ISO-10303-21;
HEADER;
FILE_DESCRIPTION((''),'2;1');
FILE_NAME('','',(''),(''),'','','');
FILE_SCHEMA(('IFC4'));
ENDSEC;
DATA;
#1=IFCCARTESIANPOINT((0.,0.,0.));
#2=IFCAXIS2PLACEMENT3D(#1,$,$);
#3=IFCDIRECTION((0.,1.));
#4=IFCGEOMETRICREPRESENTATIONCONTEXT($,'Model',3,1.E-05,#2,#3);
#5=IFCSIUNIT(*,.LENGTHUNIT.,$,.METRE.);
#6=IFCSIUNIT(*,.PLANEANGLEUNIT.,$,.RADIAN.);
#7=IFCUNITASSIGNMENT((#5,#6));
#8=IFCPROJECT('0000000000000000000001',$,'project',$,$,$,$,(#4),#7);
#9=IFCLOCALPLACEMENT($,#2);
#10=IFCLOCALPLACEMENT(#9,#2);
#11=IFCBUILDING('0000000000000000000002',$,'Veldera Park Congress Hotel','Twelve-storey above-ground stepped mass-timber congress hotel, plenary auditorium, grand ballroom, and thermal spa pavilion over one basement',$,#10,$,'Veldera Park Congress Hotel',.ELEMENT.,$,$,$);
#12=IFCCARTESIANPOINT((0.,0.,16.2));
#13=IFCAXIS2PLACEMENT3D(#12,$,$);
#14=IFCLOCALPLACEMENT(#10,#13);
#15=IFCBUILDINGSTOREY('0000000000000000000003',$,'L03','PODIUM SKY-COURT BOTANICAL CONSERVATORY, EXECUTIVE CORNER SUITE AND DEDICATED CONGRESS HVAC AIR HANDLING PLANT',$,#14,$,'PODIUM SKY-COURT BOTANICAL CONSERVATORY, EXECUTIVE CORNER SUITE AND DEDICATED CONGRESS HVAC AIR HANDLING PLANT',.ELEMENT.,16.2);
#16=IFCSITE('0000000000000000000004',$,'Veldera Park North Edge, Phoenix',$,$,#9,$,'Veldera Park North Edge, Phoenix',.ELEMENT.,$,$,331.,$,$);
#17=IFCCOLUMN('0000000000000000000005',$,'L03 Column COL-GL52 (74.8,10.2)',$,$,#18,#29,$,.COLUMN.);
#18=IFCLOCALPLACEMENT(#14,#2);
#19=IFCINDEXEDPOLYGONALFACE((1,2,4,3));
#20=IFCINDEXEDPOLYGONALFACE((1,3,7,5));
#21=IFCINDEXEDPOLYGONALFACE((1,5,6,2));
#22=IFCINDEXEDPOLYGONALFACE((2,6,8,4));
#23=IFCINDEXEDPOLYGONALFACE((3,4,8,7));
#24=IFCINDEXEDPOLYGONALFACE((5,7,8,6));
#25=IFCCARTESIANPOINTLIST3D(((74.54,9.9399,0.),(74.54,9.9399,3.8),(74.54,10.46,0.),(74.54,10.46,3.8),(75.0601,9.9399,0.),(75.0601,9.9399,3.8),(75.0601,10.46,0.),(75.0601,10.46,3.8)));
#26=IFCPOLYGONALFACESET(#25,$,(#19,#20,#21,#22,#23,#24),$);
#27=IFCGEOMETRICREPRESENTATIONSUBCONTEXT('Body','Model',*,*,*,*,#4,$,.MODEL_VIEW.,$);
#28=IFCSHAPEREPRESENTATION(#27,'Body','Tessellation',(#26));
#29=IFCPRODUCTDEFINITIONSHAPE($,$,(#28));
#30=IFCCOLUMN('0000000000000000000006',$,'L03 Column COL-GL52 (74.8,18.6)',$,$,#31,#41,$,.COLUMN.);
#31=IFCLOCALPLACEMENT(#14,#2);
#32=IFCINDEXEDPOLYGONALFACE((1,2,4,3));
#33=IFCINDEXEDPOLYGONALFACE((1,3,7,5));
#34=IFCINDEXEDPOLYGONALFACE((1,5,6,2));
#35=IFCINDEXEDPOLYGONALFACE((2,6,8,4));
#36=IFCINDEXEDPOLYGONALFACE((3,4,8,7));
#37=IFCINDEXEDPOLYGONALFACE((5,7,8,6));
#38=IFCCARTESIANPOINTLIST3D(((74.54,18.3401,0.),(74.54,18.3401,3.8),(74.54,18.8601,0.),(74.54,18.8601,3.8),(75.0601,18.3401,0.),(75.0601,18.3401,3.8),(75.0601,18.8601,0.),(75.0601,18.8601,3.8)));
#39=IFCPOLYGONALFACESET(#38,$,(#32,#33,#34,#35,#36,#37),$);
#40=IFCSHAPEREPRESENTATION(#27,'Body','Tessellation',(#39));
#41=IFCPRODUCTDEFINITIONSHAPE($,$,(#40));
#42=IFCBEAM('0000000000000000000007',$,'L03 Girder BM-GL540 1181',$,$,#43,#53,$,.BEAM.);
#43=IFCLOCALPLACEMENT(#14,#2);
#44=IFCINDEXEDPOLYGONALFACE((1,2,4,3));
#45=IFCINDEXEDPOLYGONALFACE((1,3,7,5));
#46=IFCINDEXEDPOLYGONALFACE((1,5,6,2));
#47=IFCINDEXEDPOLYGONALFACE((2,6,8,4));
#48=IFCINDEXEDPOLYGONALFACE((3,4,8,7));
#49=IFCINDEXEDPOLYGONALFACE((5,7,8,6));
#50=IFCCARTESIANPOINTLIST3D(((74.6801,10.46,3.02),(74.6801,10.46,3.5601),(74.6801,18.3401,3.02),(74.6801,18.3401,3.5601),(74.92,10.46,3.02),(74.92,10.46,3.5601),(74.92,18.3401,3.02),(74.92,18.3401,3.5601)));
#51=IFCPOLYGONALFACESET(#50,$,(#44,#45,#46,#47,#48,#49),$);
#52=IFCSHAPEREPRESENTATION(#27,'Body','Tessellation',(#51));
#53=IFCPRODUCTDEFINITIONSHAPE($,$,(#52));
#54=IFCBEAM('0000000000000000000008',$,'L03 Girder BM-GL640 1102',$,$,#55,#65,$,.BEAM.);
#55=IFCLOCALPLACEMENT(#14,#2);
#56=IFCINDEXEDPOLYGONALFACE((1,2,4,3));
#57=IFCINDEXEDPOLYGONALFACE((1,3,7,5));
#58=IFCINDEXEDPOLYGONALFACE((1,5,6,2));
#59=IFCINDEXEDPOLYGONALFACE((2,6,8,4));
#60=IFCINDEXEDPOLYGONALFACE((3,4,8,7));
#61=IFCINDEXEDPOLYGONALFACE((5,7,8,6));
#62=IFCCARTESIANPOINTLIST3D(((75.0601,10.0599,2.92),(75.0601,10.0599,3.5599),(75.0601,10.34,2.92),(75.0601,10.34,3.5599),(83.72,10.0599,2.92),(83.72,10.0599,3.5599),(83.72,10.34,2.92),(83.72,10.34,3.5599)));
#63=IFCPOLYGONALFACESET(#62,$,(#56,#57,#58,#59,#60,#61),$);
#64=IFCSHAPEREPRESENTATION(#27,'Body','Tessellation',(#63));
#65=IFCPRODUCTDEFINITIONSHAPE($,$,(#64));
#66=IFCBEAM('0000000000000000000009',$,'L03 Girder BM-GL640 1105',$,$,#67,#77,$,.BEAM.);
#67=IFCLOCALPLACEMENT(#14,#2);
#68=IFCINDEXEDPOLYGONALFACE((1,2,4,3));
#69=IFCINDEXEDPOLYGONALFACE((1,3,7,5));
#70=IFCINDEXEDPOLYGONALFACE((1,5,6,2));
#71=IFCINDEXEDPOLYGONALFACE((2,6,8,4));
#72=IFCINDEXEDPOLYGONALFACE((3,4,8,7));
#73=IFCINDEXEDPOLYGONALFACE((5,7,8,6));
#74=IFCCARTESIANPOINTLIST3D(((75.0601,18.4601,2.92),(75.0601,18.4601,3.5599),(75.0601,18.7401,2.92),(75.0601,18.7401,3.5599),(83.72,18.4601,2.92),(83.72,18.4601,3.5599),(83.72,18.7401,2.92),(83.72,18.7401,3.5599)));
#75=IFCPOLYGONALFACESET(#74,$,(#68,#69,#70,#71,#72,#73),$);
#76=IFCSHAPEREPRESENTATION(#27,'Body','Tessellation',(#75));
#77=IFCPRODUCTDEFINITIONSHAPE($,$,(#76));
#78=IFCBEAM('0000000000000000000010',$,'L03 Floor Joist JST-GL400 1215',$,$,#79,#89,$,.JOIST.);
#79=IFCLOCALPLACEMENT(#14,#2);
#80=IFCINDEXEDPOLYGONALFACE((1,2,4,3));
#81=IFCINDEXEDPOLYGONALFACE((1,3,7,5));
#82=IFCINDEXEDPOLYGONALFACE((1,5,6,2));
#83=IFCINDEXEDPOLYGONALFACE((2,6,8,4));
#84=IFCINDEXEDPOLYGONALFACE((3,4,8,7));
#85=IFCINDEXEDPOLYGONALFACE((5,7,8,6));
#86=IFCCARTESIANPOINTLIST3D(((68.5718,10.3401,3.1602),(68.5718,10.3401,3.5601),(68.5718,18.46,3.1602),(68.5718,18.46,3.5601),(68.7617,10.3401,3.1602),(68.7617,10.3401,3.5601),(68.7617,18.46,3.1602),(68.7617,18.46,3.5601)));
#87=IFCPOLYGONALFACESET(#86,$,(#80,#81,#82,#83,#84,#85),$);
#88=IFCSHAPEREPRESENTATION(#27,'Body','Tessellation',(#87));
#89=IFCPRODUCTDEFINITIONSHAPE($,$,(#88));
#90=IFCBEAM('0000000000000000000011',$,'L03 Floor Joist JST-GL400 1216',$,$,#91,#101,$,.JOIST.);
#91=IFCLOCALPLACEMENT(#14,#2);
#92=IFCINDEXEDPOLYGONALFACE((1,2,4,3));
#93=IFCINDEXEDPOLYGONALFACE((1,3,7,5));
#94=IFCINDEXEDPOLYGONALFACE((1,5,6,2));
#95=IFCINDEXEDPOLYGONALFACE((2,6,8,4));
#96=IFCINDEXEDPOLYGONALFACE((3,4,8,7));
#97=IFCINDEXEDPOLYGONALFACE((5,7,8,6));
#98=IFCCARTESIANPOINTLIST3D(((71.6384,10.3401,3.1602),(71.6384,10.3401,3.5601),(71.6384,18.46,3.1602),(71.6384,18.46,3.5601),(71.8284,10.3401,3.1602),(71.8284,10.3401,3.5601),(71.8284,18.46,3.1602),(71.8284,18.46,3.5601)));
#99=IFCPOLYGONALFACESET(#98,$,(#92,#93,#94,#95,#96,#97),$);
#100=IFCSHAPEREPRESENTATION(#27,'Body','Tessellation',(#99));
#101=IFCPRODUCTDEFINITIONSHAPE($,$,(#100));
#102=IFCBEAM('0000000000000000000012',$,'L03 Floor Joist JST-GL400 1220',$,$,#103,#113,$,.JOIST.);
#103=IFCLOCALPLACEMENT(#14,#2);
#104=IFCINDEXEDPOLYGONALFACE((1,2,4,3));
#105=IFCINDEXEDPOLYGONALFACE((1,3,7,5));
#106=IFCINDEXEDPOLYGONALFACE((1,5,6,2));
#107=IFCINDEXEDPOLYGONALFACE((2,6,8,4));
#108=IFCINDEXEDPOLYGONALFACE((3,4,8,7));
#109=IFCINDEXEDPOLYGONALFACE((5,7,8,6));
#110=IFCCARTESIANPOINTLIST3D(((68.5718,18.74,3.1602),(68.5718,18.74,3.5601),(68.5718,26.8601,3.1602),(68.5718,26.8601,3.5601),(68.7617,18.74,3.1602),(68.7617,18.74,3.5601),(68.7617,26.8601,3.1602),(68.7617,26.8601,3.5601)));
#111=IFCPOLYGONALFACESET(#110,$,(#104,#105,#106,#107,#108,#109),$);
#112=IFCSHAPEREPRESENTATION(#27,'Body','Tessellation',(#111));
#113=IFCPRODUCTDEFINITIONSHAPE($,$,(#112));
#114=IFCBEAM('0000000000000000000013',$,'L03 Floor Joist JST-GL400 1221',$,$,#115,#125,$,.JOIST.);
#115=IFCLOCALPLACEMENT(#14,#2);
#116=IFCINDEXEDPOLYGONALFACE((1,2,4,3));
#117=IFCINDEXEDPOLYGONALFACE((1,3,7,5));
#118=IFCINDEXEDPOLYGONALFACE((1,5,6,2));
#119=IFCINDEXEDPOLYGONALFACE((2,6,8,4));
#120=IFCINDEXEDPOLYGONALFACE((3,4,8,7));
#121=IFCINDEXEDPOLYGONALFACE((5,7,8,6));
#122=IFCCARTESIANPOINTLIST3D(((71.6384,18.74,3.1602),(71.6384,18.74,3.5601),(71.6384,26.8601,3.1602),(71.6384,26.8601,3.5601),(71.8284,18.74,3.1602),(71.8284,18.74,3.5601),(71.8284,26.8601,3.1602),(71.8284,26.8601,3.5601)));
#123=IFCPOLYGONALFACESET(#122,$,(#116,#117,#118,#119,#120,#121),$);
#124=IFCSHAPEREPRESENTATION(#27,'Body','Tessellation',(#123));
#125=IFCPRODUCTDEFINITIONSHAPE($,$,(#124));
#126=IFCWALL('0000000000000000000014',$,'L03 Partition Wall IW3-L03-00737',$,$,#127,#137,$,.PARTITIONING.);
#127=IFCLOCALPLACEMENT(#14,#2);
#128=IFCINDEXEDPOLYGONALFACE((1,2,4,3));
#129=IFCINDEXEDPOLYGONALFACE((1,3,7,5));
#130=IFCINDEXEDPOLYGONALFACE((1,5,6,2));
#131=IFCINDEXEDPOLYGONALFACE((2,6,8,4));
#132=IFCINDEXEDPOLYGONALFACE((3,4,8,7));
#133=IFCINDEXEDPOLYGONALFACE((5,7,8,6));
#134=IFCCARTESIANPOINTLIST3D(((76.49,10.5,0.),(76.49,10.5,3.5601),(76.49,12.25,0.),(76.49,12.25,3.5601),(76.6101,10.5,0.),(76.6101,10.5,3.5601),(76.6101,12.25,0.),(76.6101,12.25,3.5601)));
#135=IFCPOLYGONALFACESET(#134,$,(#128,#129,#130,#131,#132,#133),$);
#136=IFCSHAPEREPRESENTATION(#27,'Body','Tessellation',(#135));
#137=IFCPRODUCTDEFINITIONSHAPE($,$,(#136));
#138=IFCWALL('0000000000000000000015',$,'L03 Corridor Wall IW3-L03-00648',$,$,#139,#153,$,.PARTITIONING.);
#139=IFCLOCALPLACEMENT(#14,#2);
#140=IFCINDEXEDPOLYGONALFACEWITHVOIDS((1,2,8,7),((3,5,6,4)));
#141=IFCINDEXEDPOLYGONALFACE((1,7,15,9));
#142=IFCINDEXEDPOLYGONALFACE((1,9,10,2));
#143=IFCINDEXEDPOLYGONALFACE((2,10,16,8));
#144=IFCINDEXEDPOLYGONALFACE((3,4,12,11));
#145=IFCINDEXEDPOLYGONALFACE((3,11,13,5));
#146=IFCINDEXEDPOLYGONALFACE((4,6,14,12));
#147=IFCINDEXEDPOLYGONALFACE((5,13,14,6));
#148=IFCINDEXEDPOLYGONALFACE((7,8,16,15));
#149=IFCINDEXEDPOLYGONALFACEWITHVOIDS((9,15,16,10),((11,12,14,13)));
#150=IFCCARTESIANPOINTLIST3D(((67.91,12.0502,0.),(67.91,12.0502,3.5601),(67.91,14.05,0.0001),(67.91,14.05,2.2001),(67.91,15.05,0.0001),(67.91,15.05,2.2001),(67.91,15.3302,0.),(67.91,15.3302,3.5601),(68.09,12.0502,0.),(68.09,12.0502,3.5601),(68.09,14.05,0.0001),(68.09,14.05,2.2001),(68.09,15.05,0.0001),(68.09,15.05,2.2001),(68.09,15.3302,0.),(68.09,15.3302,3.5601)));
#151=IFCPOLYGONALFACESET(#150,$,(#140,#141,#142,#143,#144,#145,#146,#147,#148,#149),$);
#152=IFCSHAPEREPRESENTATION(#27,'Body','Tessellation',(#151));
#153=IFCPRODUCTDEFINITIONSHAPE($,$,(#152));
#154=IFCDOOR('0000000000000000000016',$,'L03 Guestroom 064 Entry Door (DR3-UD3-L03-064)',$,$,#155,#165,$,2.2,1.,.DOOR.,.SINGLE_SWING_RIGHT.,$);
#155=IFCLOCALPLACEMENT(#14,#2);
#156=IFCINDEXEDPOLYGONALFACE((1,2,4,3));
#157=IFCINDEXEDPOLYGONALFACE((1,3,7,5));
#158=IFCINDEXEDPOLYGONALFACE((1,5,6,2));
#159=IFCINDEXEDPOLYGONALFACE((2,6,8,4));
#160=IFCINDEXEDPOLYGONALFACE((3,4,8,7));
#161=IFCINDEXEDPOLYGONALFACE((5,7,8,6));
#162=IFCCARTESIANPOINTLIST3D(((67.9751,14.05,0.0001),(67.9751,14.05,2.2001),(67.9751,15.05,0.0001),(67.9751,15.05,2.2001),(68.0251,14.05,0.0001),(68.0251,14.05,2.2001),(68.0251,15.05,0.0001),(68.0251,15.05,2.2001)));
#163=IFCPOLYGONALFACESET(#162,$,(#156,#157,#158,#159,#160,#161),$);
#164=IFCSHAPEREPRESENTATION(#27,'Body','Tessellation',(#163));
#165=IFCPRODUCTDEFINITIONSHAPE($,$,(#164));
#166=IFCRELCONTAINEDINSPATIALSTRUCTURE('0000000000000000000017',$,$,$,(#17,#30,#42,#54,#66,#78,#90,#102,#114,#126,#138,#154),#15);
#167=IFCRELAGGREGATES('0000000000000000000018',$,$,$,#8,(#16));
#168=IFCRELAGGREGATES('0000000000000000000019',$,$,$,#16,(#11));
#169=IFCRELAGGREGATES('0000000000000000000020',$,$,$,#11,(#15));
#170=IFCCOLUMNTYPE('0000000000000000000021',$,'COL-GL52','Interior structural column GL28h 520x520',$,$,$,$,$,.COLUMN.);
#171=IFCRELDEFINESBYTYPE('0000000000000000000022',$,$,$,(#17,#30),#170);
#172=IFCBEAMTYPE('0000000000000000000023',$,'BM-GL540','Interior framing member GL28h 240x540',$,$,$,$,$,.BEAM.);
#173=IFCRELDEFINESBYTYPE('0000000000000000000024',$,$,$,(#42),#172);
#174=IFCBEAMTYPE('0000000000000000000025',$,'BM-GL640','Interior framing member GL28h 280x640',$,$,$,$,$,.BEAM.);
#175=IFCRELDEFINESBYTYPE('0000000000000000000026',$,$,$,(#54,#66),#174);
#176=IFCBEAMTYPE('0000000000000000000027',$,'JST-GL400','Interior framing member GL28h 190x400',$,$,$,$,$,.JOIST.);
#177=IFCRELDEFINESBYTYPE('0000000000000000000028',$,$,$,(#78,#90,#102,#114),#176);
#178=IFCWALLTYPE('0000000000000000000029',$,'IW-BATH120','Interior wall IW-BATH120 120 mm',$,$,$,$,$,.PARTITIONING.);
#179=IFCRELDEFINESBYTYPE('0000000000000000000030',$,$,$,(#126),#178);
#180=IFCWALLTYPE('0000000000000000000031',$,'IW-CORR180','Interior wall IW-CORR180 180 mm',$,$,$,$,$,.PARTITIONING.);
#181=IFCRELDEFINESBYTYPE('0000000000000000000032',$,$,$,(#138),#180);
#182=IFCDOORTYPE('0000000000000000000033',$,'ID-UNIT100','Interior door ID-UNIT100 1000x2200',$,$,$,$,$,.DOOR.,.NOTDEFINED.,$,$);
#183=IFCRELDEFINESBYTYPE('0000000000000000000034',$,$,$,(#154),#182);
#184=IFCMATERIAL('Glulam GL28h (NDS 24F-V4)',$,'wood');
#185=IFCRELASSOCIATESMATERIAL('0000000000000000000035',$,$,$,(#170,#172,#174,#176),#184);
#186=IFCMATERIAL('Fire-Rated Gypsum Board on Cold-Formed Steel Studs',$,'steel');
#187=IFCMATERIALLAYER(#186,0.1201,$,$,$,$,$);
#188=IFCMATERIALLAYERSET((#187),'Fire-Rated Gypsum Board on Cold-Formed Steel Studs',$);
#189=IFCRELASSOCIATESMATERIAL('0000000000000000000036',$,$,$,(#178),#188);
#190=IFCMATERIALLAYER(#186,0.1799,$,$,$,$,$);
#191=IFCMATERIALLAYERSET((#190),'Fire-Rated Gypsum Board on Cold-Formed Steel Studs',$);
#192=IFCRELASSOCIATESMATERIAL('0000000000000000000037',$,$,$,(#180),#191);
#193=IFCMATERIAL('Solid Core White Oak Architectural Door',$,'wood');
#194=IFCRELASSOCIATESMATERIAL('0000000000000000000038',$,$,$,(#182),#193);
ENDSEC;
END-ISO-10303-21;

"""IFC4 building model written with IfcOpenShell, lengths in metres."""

from ifc_helpers import new_model, si_unit, direction, frame, frame_2d, origin, origin_2d, place, context, subcontext, project, spatial, rectangle, extrude, material, layer, layer_set, material_profile, profile_set, type_object, element, fill, save


model = new_model("IFC4")

# Units and contexts
model_context = context("Model", 3, precision=1e-05, world=origin(), true_north=direction((0.0, 1.0)))
body_context = subcontext(model_context, "Body", "Model", "MODEL_VIEW")
ifc_project = project(units=[si_unit("LENGTHUNIT", "METRE"), si_unit("PLANEANGLEUNIT", "RADIAN")], contexts=[model_context])

# Site, building, storey
site_placement = place(None, origin())
site = spatial("IfcSite", under=ifc_project, at=site_placement, Name="Veldera Park North Edge, Phoenix", LongName="Veldera Park North Edge, Phoenix", CompositionType="ELEMENT", RefElevation=331.0)
building_placement = place(site_placement, origin())
building = spatial("IfcBuilding", under=site, at=building_placement, Name="Veldera Park Congress Hotel", Description="Twelve-storey above-ground stepped mass-timber congress hotel, plenary auditorium, grand ballroom, and thermal spa pavilion over one basement", LongName="Veldera Park Congress Hotel", CompositionType="ELEMENT")
storey_placement = place(building_placement, frame((0.0, 0.0, 16.2)))
storey = spatial("IfcBuildingStorey", under=building, at=storey_placement, Name="L03", Description="PODIUM SKY-COURT BOTANICAL CONSERVATORY, EXECUTIVE CORNER SUITE AND DEDICATED CONGRESS HVAC AIR HANDLING PLANT", LongName="PODIUM SKY-COURT BOTANICAL CONSERVATORY, EXECUTIVE CORNER SUITE AND DEDICATED CONGRESS HVAC AIR HANDLING PLANT", CompositionType="ELEMENT", Elevation=16.2)

# Columns
ifc_material_1 = material(Name="Glulam GL28h (NDS 24F-V4)", Category="wood")
ifc_material_profile_1 = material_profile(ifc_material_1, rectangle(XDim=0.52, YDim=0.52, at=origin_2d()), Name="GL28h 520x520")
ifc_profile_set_1 = profile_set([ifc_material_profile_1], Name="Glulam GL28h (NDS 24F-V4)")
column_type = type_object("IfcColumnType", Name="COL-GL52", Description="Interior structural column GL28h 520x520", PredefinedType="COLUMN", material=ifc_profile_set_1)
for number, where, z_axis, x_axis, name in (
    (1, (74.8, 10.2, 0.0), (0.0, 0.0, 1.0), (1.0, 0.0, 0.0), "L03 Column COL-GL52 (74.8,10.2)"),
    (2, (74.8, 18.6001, 0.0), (0.0, 0.0, 1.0), (1.0, 0.0, 0.0), "L03 Column COL-GL52 (74.8,18.6)"),
):
    element("IfcColumn", number, at=place(storey_placement, frame(where, z_axis=z_axis, x_axis=x_axis)), inside=storey, type_object=column_type, Name=name, PredefinedType="COLUMN", context=body_context, shape_type="SweptSolid", body=[
        extrude(rectangle(XDim=0.52, YDim=0.52, at=origin_2d()), origin(), (0.0, 0.0, 1.0), 3.8),
    ])

# Beams
ifc_material_profile_2 = material_profile(ifc_material_1, rectangle(XDim=0.24, YDim=0.54, at=origin_2d()), Name="GL28h 240x540")
ifc_profile_set_2 = profile_set([ifc_material_profile_2], Name="Glulam GL28h (NDS 24F-V4)")
beam_type_1 = type_object("IfcBeamType", Name="BM-GL540", Description="Interior framing member GL28h 240x540", PredefinedType="BEAM", material=ifc_profile_set_2)
beam_placement = place(storey_placement, frame((74.8, 10.46, 3.29), z_axis=(0.0, 1.0, 0.0), x_axis=(-1.0, 0.0, 0.0)))
element("IfcBeam", 3, at=beam_placement, inside=storey, type_object=beam_type_1, Name="L03 Girder BM-GL540 1181", PredefinedType="BEAM", context=body_context, shape_type="SweptSolid", body=[
    extrude(rectangle(XDim=0.24, YDim=0.54, at=origin_2d()), origin(), (0.0, 0.0, 1.0), 7.8801),
])
ifc_material_profile_3 = material_profile(ifc_material_1, rectangle(XDim=0.28, YDim=0.6399, at=origin_2d()), Name="GL28h 280x640")
ifc_profile_set_3 = profile_set([ifc_material_profile_3], Name="Glulam GL28h (NDS 24F-V4)")
beam_type_2 = type_object("IfcBeamType", Name="BM-GL640", Description="Interior framing member GL28h 280x640", PredefinedType="BEAM", material=ifc_profile_set_3)
for number, where, z_axis, x_axis, name in (
    (4, (75.0601, 10.2, 3.24), (1.0, 0.0, 0.0), (0.0, 1.0, 0.0), "L03 Girder BM-GL640 1102"),
    (5, (75.0601, 18.6001, 3.24), (1.0, 0.0, 0.0), (0.0, 1.0, 0.0), "L03 Girder BM-GL640 1105"),
):
    element("IfcBeam", number, at=place(storey_placement, frame(where, z_axis=z_axis, x_axis=x_axis)), inside=storey, type_object=beam_type_2, Name=name, PredefinedType="BEAM", context=body_context, shape_type="SweptSolid", body=[
        extrude(rectangle(XDim=0.28, YDim=0.6399, at=origin_2d()), origin(), (0.0, 0.0, 1.0), 8.6599),
    ])
ifc_material_profile_4 = material_profile(ifc_material_1, rectangle(XDim=0.1899, YDim=0.3999, at=origin_2d()), Name="GL28h 190x400")
ifc_profile_set_4 = profile_set([ifc_material_profile_4], Name="Glulam GL28h (NDS 24F-V4)")
beam_type_3 = type_object("IfcBeamType", Name="JST-GL400", Description="Interior framing member GL28h 190x400", PredefinedType="JOIST", material=ifc_profile_set_4)
for number, where, z_axis, x_axis, name in (
    (6, (68.6667, 10.3401, 3.3601), (0.0, 1.0, 0.0), (-1.0, 0.0, 0.0), "L03 Floor Joist JST-GL400 1215"),
    (7, (71.7334, 10.3401, 3.3601), (0.0, 1.0, 0.0), (-1.0, 0.0, 0.0), "L03 Floor Joist JST-GL400 1216"),
):
    element("IfcBeam", number, at=place(storey_placement, frame(where, z_axis=z_axis, x_axis=x_axis)), inside=storey, type_object=beam_type_3, Name=name, PredefinedType="JOIST", context=body_context, shape_type="SweptSolid", body=[
        extrude(rectangle(XDim=0.1899, YDim=0.3999, at=origin_2d()), origin(), (0.0, 0.0, 1.0), 8.1199),
    ])
for number, where, z_axis, x_axis, name in (
    (8, (68.6667, 18.74, 3.3601), (0.0, 1.0, 0.0), (-1.0, 0.0, 0.0), "L03 Floor Joist JST-GL400 1220"),
    (9, (71.7334, 18.74, 3.3601), (0.0, 1.0, 0.0), (-1.0, 0.0, 0.0), "L03 Floor Joist JST-GL400 1221"),
):
    element("IfcBeam", number, at=place(storey_placement, frame(where, z_axis=z_axis, x_axis=x_axis)), inside=storey, type_object=beam_type_3, Name=name, PredefinedType="JOIST", context=body_context, shape_type="SweptSolid", body=[
        extrude(rectangle(XDim=0.1899, YDim=0.3999, at=origin_2d()), origin(), (0.0, 0.0, 1.0), 8.1201),
    ])

# Shared definitions
ifc_material_2 = material(Name="Fire-Rated Gypsum Board on Cold-Formed Steel Studs", Category="steel")
ifc_layer_1 = layer(ifc_material_2, 0.1201)
ifc_layer_set_1 = layer_set([ifc_layer_1], Name="Fire-Rated Gypsum Board on Cold-Formed Steel Studs")
wall_type_1 = type_object("IfcWallType", Name="IW-BATH120", Description="Interior wall IW-BATH120 120 mm", PredefinedType="PARTITIONING", material=ifc_layer_set_1)
ifc_material_3 = material(Name="Solid Core White Oak Architectural Door", Category="wood")

# Wall
wall_1_placement = place(storey_placement, frame((76.55, 10.5, 0.0), z_axis=(0.0, 0.0, 1.0), x_axis=(0.0, 1.0, 0.0)))
element("IfcWall", 10, at=wall_1_placement, inside=storey, type_object=wall_type_1, Name="L03 Partition Wall IW3-L03-00737", PredefinedType="PARTITIONING", context=body_context, shape_type="SweptSolid", body=[
    extrude(rectangle(XDim=1.75, YDim=0.1201, at=frame_2d((0.875, 0.0))), origin(), (0.0, 0.0, 1.0), 3.5601),
])

# Wall, opening, door
ifc_layer_2 = layer(ifc_material_2, 0.1799)
ifc_layer_set_2 = layer_set([ifc_layer_2], Name="Fire-Rated Gypsum Board on Cold-Formed Steel Studs")
wall_type_2 = type_object("IfcWallType", Name="IW-CORR180", Description="Interior wall IW-CORR180 180 mm", PredefinedType="PARTITIONING", material=ifc_layer_set_2)
wall_2_placement = place(storey_placement, frame((68.0, 12.05, 0.0), z_axis=(0.0, 0.0, 1.0), x_axis=(0.0, 1.0, 0.0)))
wall_2 = element("IfcWall", 11, at=wall_2_placement, inside=storey, type_object=wall_type_2, Name="L03 Corridor Wall IW3-L03-00648", PredefinedType="PARTITIONING", context=body_context, shape_type="SweptSolid", body=[
    extrude(rectangle(XDim=3.28, YDim=0.1799, at=frame_2d((1.6401, 0.0))), origin(), (0.0, 0.0, 1.0), 3.5601),
])
opening_1_placement = place(wall_2_placement, frame((2.0, 0.0, 0.0)))
opening_1 = element("IfcOpeningElement", 12, at=opening_1_placement, cuts=wall_2, PredefinedType="OPENING", context=body_context, shape_type="SweptSolid", body=[
    extrude(rectangle(XDim=1.0, YDim=2.2, at=frame_2d((0.5, 1.1001))), frame((0.0, 0.1021, 0.0), z_axis=(0.0, -1.0, 0.0), x_axis=(1.0, 0.0, 0.0)), (0.0, 0.0, 1.0), 0.2039),
])
door_type_1 = type_object("IfcDoorType", Name="ID-UNIT100", Description="Interior door ID-UNIT100 1000x2200", OperationType="NOTDEFINED", PredefinedType="DOOR", material=ifc_material_3)
door_1_placement = place(opening_1_placement, origin())
door_1 = element("IfcDoor", 13, at=door_1_placement, inside=storey, type_object=door_type_1, Name="L03 Guestroom 064 Entry Door (DR3-UD3-L03-064)", OperationType="SINGLE_SWING_RIGHT", OverallHeight=2.2, OverallWidth=1.0, PredefinedType="DOOR", context=body_context, shape_type="SweptSolid", body=[
    extrude(rectangle(XDim=1.0, YDim=2.2, at=frame_2d((0.5, 1.1001))), frame((0.0, 0.0249, 0.0), z_axis=(0.0, -1.0, 0.0), x_axis=(1.0, 0.0, 0.0)), (0.0, 0.0, 1.0), 0.05),
])
fill(opening_1, door_1)

save(model, "model.ifc")
